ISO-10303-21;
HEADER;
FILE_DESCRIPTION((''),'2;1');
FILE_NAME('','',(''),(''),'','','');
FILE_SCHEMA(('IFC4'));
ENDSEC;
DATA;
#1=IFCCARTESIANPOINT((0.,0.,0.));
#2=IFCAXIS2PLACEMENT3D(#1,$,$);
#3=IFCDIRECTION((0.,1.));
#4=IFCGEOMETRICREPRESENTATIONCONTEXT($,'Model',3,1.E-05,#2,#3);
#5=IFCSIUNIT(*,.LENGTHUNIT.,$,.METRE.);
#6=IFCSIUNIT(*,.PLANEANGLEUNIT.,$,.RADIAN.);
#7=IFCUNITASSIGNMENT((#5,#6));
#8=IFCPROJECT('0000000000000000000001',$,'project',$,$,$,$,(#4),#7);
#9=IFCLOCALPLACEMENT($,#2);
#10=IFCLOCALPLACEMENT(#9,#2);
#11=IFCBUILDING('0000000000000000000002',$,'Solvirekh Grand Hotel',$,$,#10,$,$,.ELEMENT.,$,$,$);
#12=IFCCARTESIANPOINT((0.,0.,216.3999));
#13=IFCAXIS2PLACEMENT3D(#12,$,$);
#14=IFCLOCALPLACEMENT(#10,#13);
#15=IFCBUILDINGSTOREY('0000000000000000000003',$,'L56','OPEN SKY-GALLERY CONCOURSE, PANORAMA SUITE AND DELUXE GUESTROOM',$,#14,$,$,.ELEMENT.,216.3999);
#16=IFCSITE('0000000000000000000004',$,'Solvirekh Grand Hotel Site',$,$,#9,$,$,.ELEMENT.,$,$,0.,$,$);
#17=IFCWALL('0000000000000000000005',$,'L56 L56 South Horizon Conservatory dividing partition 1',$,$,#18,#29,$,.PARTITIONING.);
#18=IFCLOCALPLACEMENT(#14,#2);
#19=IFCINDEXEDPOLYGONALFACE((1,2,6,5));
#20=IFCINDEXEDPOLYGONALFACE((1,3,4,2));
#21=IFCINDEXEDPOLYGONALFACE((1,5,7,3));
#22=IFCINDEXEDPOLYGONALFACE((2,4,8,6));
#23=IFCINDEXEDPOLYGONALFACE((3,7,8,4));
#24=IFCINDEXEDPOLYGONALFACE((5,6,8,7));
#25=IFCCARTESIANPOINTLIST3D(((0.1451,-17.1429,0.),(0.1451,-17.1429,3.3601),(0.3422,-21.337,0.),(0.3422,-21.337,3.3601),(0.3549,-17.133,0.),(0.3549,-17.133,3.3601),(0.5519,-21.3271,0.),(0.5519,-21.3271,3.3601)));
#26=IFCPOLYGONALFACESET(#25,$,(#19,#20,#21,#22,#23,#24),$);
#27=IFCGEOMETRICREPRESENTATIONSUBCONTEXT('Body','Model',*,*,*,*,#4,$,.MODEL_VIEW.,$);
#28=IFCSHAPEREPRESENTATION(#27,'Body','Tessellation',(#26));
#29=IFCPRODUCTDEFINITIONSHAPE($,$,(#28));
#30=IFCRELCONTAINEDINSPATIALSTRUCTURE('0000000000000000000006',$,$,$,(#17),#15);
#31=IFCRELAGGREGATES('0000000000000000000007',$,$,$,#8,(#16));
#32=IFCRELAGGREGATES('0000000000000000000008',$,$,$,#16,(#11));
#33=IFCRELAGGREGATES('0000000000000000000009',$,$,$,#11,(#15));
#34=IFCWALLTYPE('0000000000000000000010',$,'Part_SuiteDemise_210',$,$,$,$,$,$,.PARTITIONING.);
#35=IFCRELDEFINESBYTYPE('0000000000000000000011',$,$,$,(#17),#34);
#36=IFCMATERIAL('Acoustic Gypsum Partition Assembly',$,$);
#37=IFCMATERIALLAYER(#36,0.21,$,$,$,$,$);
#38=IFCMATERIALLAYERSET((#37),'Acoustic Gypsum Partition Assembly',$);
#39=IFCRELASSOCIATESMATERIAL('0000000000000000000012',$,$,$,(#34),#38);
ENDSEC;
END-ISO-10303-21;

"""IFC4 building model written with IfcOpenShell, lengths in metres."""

from ifc_helpers import new_model, si_unit, direction, frame, frame_2d, origin, place, context, subcontext, project, spatial, rectangle, extrude, material, layer, layer_set, type_object, element, save


model = new_model("IFC4")

# Units and contexts
model_context = context("Model", 3, precision=1e-05, world=origin(), true_north=direction((0.0, 1.0)))
body_context = subcontext(model_context, "Body", "Model", "MODEL_VIEW")
ifc_project = project(units=[si_unit("LENGTHUNIT", "METRE"), si_unit("PLANEANGLEUNIT", "RADIAN")], contexts=[model_context])

# Site, building, storey
site_placement = place(None, origin())
site = spatial("IfcSite", under=ifc_project, at=site_placement, Name="Solvirekh Grand Hotel Site", CompositionType="ELEMENT", RefElevation=0.0)
building_placement = place(site_placement, origin())
building = spatial("IfcBuilding", under=site, at=building_placement, Name="Solvirekh Grand Hotel", CompositionType="ELEMENT")
storey_placement = place(building_placement, frame((0.0, 0.0, 216.3999)))
storey = spatial("IfcBuildingStorey", under=building, at=storey_placement, Name="L56", Description="OPEN SKY-GALLERY CONCOURSE, PANORAMA SUITE AND DELUXE GUESTROOM", CompositionType="ELEMENT", Elevation=216.3999)

# Shared definitions
ifc_material_1 = material(Name="Acoustic Gypsum Partition Assembly")

# Wall
ifc_layer_1 = layer(ifc_material_1, 0.21)
ifc_layer_set_1 = layer_set([ifc_layer_1], Name="Acoustic Gypsum Partition Assembly")
wall_type_1 = type_object("IfcWallType", Name="Part_SuiteDemise_210", PredefinedType="PARTITIONING", material=ifc_layer_set_1)
wall_1_placement = place(storey_placement, frame((0.25, -17.1379, 0.0), z_axis=(0.0, 0.0, 1.0), x_axis=(0.046924, -0.998898, 0.0)))
element("IfcWall", 1, at=wall_1_placement, inside=storey, type_object=wall_type_1, Name="L56 L56 South Horizon Conservatory dividing partition 1", PredefinedType="PARTITIONING", context=body_context, shape_type="SweptSolid", body=[
    extrude(rectangle(XDim=4.1987, YDim=0.21, at=frame_2d((2.0994, 0.0))), origin(), (0.0, 0.0, 1.0), 3.3601),
])

save(model, "model.ifc")
